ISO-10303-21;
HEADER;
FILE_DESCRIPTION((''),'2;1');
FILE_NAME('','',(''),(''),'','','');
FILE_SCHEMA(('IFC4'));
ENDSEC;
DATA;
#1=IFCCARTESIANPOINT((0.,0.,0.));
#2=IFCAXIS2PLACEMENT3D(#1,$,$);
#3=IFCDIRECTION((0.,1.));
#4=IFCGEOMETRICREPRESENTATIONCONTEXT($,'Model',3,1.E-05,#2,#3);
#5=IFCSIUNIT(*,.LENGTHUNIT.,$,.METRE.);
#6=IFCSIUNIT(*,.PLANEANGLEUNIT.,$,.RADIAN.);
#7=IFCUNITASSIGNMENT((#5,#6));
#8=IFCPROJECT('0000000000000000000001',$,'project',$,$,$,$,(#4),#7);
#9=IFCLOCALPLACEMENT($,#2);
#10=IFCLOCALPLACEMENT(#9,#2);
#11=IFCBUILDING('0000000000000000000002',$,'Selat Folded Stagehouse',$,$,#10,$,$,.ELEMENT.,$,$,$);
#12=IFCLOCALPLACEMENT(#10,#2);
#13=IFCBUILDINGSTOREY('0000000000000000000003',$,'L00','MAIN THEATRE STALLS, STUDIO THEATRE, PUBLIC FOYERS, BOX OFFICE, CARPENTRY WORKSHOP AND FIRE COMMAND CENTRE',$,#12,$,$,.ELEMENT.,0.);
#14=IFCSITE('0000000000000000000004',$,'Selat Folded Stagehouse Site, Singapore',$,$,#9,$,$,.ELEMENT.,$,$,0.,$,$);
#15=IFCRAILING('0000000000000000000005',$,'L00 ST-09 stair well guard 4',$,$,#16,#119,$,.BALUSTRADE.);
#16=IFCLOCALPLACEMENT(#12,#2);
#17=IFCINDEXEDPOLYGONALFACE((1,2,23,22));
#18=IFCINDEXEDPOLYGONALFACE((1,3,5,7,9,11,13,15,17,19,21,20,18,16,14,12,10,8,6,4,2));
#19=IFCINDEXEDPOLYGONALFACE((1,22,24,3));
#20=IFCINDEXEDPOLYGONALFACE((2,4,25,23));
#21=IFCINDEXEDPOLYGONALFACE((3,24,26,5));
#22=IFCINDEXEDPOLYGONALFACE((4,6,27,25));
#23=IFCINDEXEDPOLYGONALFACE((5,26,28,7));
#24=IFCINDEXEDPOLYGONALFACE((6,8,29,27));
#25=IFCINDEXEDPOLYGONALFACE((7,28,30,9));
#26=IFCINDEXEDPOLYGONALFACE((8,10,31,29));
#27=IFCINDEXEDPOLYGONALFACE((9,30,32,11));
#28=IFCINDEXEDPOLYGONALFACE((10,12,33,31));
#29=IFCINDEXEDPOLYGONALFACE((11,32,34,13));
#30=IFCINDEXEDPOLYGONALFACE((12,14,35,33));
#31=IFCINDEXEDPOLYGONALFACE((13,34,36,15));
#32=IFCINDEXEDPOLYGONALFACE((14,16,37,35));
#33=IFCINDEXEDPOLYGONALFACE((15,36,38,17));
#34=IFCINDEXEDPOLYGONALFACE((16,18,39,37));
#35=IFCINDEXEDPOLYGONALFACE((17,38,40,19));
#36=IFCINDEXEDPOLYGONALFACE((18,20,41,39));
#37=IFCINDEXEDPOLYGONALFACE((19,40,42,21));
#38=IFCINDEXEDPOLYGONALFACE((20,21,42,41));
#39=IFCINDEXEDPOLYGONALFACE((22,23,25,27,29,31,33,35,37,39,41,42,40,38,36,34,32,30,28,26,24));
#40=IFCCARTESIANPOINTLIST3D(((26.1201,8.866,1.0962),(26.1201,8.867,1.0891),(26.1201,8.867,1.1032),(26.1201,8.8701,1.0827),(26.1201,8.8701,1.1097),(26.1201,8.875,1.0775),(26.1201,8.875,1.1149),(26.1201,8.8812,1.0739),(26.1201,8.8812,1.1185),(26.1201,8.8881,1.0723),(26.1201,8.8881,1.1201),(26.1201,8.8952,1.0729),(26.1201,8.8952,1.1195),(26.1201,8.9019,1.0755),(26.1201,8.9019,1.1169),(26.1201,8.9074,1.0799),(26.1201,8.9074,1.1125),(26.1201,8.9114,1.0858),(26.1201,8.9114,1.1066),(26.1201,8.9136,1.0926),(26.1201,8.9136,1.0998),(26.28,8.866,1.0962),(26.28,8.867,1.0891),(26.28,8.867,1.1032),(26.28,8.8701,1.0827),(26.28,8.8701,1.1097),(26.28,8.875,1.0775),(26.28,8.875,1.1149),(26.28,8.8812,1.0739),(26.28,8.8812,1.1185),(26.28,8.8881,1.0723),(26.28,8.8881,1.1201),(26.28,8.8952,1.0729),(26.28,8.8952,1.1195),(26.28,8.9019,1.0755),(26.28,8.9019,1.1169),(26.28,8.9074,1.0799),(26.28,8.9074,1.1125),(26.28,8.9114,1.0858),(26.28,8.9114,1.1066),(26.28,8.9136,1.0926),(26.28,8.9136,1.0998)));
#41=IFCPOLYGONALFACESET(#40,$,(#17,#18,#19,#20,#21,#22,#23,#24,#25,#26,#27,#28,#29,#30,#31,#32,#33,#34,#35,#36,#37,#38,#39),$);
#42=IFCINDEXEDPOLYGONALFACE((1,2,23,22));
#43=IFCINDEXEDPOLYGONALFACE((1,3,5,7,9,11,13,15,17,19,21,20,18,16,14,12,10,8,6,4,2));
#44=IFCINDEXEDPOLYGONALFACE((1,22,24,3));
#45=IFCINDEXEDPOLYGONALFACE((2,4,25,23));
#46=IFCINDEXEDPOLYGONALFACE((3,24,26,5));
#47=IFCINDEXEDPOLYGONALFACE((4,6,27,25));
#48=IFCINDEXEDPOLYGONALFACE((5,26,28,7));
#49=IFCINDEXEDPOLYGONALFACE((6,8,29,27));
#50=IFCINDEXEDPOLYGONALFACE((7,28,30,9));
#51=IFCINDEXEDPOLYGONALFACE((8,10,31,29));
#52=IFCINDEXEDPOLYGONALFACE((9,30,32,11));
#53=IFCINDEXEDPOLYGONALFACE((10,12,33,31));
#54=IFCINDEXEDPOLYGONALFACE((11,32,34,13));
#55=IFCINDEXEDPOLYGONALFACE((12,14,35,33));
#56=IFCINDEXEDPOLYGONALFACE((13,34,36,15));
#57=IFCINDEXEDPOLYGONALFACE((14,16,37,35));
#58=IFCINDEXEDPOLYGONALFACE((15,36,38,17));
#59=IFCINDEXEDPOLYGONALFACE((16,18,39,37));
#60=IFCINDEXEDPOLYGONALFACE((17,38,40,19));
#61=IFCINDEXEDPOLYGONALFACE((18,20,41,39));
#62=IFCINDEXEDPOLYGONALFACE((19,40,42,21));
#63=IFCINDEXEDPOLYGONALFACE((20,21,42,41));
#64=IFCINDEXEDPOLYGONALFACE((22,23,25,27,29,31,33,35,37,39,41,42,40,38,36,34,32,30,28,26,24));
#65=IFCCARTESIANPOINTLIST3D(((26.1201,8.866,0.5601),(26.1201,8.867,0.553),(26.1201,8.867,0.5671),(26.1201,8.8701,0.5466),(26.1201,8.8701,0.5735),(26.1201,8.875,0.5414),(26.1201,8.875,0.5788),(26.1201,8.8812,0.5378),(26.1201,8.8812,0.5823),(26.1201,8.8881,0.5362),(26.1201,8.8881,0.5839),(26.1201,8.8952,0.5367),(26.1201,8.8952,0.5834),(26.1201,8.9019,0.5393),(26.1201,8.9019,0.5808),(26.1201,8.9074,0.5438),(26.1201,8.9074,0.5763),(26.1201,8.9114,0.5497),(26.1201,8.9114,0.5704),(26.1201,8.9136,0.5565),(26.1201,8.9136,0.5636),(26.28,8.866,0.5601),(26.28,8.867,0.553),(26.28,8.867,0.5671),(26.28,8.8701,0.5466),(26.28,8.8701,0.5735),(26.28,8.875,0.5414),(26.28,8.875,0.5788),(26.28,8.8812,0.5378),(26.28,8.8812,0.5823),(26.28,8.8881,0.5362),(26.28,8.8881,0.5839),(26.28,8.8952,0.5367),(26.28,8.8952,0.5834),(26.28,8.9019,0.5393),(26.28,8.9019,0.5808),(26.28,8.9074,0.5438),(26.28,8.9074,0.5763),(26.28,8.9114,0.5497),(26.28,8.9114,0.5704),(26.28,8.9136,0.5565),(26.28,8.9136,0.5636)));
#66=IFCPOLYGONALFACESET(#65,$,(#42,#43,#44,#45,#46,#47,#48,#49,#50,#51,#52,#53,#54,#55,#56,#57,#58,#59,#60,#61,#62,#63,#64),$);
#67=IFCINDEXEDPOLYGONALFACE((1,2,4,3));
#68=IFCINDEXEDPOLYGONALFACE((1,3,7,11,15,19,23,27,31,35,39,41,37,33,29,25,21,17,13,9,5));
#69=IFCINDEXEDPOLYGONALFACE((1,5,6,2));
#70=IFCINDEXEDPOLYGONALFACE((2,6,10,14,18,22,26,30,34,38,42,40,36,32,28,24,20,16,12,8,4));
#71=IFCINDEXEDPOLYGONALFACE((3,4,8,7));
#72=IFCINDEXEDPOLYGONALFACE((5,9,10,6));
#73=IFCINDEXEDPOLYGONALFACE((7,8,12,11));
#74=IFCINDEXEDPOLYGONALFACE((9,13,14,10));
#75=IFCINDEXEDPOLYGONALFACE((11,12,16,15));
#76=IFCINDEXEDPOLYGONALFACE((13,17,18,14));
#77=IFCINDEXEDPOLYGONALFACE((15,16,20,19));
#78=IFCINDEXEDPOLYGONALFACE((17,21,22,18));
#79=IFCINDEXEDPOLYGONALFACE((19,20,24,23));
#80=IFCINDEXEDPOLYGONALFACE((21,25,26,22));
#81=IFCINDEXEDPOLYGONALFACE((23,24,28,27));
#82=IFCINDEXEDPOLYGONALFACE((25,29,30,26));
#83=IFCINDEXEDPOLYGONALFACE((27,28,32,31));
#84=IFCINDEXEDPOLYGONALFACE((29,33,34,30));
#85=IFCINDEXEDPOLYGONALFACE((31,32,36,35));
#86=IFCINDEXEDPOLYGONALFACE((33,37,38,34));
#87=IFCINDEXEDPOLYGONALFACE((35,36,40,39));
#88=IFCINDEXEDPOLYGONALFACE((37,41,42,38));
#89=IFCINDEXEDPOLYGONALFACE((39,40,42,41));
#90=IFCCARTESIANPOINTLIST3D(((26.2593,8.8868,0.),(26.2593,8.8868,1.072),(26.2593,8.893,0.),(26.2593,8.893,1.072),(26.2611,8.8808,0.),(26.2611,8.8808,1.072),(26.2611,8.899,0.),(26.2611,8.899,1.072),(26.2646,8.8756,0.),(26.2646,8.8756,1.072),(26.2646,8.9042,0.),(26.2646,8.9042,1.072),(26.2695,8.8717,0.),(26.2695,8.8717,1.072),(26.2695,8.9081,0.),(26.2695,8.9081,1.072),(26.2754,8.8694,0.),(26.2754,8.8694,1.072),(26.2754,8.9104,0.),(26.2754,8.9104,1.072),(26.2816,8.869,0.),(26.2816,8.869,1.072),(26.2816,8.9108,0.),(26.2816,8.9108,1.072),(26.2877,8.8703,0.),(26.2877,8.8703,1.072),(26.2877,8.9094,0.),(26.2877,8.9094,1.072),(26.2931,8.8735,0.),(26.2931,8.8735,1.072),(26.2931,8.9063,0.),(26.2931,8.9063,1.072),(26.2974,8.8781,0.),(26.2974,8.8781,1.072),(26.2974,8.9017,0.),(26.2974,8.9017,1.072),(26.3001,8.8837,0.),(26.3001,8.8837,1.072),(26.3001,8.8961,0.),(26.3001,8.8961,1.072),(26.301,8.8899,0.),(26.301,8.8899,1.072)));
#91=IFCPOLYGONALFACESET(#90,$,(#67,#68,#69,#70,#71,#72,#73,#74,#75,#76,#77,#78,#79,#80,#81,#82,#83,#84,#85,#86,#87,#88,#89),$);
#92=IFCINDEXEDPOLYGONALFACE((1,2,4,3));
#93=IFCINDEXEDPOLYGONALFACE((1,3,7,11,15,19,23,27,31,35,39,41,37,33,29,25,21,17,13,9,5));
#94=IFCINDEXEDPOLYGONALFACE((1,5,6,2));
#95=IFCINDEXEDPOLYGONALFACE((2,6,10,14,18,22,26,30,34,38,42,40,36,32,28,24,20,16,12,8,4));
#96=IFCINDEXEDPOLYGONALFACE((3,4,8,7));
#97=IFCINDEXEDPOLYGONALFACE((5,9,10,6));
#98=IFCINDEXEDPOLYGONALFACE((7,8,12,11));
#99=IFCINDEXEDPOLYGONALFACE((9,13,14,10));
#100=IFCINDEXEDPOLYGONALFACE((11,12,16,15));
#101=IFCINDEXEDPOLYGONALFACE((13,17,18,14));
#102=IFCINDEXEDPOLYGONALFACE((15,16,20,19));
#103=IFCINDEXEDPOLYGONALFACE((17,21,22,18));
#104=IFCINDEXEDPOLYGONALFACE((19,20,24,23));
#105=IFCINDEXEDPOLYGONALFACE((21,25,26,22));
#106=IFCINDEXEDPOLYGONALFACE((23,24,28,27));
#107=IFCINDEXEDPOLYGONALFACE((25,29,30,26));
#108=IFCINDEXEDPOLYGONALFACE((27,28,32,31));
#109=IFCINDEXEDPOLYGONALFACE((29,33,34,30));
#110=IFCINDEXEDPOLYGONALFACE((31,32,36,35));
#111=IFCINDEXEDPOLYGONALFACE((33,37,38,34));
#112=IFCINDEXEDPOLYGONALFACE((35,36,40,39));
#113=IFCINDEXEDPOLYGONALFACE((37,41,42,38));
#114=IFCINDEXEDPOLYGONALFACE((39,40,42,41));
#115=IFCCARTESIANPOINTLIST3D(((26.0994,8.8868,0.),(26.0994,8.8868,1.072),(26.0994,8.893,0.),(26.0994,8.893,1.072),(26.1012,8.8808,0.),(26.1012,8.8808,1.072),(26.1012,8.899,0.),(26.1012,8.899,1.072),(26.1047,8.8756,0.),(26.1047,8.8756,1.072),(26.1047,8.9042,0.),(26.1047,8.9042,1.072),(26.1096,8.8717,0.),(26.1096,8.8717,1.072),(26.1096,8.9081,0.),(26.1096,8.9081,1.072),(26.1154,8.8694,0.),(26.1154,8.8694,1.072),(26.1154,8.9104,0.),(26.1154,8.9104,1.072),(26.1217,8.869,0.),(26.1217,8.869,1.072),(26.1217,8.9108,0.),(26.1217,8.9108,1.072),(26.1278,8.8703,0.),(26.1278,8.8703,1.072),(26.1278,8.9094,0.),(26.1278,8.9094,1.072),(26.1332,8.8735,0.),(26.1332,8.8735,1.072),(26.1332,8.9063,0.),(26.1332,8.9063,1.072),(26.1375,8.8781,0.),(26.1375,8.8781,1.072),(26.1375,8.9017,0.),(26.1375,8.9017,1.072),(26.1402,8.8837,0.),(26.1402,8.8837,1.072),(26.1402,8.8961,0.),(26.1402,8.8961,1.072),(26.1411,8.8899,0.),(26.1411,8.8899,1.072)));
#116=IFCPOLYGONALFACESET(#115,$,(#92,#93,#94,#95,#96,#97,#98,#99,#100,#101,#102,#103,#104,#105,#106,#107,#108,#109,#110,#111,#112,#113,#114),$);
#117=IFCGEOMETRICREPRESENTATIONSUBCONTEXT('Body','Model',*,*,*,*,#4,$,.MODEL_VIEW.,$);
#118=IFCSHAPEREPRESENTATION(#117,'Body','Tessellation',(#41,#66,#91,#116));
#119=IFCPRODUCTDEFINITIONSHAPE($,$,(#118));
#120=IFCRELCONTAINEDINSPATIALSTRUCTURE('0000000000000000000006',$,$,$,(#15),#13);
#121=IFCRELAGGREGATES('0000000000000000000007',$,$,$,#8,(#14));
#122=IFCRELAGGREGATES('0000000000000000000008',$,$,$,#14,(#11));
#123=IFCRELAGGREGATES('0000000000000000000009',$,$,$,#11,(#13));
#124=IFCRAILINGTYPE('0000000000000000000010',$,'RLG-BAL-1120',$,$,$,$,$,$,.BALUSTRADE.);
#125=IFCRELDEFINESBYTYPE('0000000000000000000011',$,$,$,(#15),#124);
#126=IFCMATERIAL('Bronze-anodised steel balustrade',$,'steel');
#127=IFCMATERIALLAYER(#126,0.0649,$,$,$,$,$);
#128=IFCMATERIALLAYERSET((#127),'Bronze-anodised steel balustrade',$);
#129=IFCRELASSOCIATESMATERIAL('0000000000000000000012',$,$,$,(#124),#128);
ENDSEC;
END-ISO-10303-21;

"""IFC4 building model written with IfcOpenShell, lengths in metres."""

from ifc_helpers import new_model, si_unit, direction, frame, origin, origin_2d, place, context, subcontext, project, spatial, circle, extrude, material, layer, layer_set, type_object, element, save


model = new_model("IFC4")

# Units and contexts
model_context = context("Model", 3, precision=1e-05, world=origin(), true_north=direction((0.0, 1.0)))
body_context = subcontext(model_context, "Body", "Model", "MODEL_VIEW")
ifc_project = project(units=[si_unit("LENGTHUNIT", "METRE"), si_unit("PLANEANGLEUNIT", "RADIAN")], contexts=[model_context])

# Site, building, storey
site_placement = place(None, origin())
site = spatial("IfcSite", under=ifc_project, at=site_placement, Name="Selat Folded Stagehouse Site, Singapore", CompositionType="ELEMENT", RefElevation=0.0)
building_placement = place(site_placement, origin())
building = spatial("IfcBuilding", under=site, at=building_placement, Name="Selat Folded Stagehouse", CompositionType="ELEMENT")
storey_placement = place(building_placement, origin())
storey = spatial("IfcBuildingStorey", under=building, at=storey_placement, Name="L00", Description="MAIN THEATRE STALLS, STUDIO THEATRE, PUBLIC FOYERS, BOX OFFICE, CARPENTRY WORKSHOP AND FIRE COMMAND CENTRE", CompositionType="ELEMENT", Elevation=0.0)

# Railing
ifc_material_1 = material(Name="Bronze-anodised steel balustrade", Category="steel")
ifc_layer_1 = layer(ifc_material_1, 0.0649)
ifc_layer_set_1 = layer_set([ifc_layer_1], Name="Bronze-anodised steel balustrade")
railing_type_1 = type_object("IfcRailingType", Name="RLG-BAL-1120", PredefinedType="BALUSTRADE", material=ifc_layer_set_1)
railing_1_placement = place(storey_placement, frame((26.28, 8.8899, 0.0)))
element("IfcRailing", 1, at=railing_1_placement, inside=storey, type_object=railing_type_1, Name="L00 ST-09 stair well guard 4", PredefinedType="BALUSTRADE", context=body_context, shape_type="SweptSolid", body=[
    extrude(circle(Radius=0.0239, at=origin_2d()), frame((0.0, 0.0, 1.0962), z_axis=(-1.0, 0.0, 0.0), x_axis=(0.0, -1.0, 0.0)), (0.0, 0.0, 1.0), 0.1599),
    extrude(circle(Radius=0.0239, at=origin_2d()), frame((0.0, 0.0, 0.5601), z_axis=(-1.0, 0.0, 0.0), x_axis=(0.0, -1.0, 0.0)), (0.0, 0.0, 1.0), 0.1599),
    extrude(circle(Radius=0.021, at=origin_2d()), origin(), (0.0, 0.0, 1.0), 1.072),
    extrude(circle(Radius=0.021, at=origin_2d()), frame((-0.1599, 0.0, 0.0)), (0.0, 0.0, 1.0), 1.072),
])

save(model, "model.ifc")
